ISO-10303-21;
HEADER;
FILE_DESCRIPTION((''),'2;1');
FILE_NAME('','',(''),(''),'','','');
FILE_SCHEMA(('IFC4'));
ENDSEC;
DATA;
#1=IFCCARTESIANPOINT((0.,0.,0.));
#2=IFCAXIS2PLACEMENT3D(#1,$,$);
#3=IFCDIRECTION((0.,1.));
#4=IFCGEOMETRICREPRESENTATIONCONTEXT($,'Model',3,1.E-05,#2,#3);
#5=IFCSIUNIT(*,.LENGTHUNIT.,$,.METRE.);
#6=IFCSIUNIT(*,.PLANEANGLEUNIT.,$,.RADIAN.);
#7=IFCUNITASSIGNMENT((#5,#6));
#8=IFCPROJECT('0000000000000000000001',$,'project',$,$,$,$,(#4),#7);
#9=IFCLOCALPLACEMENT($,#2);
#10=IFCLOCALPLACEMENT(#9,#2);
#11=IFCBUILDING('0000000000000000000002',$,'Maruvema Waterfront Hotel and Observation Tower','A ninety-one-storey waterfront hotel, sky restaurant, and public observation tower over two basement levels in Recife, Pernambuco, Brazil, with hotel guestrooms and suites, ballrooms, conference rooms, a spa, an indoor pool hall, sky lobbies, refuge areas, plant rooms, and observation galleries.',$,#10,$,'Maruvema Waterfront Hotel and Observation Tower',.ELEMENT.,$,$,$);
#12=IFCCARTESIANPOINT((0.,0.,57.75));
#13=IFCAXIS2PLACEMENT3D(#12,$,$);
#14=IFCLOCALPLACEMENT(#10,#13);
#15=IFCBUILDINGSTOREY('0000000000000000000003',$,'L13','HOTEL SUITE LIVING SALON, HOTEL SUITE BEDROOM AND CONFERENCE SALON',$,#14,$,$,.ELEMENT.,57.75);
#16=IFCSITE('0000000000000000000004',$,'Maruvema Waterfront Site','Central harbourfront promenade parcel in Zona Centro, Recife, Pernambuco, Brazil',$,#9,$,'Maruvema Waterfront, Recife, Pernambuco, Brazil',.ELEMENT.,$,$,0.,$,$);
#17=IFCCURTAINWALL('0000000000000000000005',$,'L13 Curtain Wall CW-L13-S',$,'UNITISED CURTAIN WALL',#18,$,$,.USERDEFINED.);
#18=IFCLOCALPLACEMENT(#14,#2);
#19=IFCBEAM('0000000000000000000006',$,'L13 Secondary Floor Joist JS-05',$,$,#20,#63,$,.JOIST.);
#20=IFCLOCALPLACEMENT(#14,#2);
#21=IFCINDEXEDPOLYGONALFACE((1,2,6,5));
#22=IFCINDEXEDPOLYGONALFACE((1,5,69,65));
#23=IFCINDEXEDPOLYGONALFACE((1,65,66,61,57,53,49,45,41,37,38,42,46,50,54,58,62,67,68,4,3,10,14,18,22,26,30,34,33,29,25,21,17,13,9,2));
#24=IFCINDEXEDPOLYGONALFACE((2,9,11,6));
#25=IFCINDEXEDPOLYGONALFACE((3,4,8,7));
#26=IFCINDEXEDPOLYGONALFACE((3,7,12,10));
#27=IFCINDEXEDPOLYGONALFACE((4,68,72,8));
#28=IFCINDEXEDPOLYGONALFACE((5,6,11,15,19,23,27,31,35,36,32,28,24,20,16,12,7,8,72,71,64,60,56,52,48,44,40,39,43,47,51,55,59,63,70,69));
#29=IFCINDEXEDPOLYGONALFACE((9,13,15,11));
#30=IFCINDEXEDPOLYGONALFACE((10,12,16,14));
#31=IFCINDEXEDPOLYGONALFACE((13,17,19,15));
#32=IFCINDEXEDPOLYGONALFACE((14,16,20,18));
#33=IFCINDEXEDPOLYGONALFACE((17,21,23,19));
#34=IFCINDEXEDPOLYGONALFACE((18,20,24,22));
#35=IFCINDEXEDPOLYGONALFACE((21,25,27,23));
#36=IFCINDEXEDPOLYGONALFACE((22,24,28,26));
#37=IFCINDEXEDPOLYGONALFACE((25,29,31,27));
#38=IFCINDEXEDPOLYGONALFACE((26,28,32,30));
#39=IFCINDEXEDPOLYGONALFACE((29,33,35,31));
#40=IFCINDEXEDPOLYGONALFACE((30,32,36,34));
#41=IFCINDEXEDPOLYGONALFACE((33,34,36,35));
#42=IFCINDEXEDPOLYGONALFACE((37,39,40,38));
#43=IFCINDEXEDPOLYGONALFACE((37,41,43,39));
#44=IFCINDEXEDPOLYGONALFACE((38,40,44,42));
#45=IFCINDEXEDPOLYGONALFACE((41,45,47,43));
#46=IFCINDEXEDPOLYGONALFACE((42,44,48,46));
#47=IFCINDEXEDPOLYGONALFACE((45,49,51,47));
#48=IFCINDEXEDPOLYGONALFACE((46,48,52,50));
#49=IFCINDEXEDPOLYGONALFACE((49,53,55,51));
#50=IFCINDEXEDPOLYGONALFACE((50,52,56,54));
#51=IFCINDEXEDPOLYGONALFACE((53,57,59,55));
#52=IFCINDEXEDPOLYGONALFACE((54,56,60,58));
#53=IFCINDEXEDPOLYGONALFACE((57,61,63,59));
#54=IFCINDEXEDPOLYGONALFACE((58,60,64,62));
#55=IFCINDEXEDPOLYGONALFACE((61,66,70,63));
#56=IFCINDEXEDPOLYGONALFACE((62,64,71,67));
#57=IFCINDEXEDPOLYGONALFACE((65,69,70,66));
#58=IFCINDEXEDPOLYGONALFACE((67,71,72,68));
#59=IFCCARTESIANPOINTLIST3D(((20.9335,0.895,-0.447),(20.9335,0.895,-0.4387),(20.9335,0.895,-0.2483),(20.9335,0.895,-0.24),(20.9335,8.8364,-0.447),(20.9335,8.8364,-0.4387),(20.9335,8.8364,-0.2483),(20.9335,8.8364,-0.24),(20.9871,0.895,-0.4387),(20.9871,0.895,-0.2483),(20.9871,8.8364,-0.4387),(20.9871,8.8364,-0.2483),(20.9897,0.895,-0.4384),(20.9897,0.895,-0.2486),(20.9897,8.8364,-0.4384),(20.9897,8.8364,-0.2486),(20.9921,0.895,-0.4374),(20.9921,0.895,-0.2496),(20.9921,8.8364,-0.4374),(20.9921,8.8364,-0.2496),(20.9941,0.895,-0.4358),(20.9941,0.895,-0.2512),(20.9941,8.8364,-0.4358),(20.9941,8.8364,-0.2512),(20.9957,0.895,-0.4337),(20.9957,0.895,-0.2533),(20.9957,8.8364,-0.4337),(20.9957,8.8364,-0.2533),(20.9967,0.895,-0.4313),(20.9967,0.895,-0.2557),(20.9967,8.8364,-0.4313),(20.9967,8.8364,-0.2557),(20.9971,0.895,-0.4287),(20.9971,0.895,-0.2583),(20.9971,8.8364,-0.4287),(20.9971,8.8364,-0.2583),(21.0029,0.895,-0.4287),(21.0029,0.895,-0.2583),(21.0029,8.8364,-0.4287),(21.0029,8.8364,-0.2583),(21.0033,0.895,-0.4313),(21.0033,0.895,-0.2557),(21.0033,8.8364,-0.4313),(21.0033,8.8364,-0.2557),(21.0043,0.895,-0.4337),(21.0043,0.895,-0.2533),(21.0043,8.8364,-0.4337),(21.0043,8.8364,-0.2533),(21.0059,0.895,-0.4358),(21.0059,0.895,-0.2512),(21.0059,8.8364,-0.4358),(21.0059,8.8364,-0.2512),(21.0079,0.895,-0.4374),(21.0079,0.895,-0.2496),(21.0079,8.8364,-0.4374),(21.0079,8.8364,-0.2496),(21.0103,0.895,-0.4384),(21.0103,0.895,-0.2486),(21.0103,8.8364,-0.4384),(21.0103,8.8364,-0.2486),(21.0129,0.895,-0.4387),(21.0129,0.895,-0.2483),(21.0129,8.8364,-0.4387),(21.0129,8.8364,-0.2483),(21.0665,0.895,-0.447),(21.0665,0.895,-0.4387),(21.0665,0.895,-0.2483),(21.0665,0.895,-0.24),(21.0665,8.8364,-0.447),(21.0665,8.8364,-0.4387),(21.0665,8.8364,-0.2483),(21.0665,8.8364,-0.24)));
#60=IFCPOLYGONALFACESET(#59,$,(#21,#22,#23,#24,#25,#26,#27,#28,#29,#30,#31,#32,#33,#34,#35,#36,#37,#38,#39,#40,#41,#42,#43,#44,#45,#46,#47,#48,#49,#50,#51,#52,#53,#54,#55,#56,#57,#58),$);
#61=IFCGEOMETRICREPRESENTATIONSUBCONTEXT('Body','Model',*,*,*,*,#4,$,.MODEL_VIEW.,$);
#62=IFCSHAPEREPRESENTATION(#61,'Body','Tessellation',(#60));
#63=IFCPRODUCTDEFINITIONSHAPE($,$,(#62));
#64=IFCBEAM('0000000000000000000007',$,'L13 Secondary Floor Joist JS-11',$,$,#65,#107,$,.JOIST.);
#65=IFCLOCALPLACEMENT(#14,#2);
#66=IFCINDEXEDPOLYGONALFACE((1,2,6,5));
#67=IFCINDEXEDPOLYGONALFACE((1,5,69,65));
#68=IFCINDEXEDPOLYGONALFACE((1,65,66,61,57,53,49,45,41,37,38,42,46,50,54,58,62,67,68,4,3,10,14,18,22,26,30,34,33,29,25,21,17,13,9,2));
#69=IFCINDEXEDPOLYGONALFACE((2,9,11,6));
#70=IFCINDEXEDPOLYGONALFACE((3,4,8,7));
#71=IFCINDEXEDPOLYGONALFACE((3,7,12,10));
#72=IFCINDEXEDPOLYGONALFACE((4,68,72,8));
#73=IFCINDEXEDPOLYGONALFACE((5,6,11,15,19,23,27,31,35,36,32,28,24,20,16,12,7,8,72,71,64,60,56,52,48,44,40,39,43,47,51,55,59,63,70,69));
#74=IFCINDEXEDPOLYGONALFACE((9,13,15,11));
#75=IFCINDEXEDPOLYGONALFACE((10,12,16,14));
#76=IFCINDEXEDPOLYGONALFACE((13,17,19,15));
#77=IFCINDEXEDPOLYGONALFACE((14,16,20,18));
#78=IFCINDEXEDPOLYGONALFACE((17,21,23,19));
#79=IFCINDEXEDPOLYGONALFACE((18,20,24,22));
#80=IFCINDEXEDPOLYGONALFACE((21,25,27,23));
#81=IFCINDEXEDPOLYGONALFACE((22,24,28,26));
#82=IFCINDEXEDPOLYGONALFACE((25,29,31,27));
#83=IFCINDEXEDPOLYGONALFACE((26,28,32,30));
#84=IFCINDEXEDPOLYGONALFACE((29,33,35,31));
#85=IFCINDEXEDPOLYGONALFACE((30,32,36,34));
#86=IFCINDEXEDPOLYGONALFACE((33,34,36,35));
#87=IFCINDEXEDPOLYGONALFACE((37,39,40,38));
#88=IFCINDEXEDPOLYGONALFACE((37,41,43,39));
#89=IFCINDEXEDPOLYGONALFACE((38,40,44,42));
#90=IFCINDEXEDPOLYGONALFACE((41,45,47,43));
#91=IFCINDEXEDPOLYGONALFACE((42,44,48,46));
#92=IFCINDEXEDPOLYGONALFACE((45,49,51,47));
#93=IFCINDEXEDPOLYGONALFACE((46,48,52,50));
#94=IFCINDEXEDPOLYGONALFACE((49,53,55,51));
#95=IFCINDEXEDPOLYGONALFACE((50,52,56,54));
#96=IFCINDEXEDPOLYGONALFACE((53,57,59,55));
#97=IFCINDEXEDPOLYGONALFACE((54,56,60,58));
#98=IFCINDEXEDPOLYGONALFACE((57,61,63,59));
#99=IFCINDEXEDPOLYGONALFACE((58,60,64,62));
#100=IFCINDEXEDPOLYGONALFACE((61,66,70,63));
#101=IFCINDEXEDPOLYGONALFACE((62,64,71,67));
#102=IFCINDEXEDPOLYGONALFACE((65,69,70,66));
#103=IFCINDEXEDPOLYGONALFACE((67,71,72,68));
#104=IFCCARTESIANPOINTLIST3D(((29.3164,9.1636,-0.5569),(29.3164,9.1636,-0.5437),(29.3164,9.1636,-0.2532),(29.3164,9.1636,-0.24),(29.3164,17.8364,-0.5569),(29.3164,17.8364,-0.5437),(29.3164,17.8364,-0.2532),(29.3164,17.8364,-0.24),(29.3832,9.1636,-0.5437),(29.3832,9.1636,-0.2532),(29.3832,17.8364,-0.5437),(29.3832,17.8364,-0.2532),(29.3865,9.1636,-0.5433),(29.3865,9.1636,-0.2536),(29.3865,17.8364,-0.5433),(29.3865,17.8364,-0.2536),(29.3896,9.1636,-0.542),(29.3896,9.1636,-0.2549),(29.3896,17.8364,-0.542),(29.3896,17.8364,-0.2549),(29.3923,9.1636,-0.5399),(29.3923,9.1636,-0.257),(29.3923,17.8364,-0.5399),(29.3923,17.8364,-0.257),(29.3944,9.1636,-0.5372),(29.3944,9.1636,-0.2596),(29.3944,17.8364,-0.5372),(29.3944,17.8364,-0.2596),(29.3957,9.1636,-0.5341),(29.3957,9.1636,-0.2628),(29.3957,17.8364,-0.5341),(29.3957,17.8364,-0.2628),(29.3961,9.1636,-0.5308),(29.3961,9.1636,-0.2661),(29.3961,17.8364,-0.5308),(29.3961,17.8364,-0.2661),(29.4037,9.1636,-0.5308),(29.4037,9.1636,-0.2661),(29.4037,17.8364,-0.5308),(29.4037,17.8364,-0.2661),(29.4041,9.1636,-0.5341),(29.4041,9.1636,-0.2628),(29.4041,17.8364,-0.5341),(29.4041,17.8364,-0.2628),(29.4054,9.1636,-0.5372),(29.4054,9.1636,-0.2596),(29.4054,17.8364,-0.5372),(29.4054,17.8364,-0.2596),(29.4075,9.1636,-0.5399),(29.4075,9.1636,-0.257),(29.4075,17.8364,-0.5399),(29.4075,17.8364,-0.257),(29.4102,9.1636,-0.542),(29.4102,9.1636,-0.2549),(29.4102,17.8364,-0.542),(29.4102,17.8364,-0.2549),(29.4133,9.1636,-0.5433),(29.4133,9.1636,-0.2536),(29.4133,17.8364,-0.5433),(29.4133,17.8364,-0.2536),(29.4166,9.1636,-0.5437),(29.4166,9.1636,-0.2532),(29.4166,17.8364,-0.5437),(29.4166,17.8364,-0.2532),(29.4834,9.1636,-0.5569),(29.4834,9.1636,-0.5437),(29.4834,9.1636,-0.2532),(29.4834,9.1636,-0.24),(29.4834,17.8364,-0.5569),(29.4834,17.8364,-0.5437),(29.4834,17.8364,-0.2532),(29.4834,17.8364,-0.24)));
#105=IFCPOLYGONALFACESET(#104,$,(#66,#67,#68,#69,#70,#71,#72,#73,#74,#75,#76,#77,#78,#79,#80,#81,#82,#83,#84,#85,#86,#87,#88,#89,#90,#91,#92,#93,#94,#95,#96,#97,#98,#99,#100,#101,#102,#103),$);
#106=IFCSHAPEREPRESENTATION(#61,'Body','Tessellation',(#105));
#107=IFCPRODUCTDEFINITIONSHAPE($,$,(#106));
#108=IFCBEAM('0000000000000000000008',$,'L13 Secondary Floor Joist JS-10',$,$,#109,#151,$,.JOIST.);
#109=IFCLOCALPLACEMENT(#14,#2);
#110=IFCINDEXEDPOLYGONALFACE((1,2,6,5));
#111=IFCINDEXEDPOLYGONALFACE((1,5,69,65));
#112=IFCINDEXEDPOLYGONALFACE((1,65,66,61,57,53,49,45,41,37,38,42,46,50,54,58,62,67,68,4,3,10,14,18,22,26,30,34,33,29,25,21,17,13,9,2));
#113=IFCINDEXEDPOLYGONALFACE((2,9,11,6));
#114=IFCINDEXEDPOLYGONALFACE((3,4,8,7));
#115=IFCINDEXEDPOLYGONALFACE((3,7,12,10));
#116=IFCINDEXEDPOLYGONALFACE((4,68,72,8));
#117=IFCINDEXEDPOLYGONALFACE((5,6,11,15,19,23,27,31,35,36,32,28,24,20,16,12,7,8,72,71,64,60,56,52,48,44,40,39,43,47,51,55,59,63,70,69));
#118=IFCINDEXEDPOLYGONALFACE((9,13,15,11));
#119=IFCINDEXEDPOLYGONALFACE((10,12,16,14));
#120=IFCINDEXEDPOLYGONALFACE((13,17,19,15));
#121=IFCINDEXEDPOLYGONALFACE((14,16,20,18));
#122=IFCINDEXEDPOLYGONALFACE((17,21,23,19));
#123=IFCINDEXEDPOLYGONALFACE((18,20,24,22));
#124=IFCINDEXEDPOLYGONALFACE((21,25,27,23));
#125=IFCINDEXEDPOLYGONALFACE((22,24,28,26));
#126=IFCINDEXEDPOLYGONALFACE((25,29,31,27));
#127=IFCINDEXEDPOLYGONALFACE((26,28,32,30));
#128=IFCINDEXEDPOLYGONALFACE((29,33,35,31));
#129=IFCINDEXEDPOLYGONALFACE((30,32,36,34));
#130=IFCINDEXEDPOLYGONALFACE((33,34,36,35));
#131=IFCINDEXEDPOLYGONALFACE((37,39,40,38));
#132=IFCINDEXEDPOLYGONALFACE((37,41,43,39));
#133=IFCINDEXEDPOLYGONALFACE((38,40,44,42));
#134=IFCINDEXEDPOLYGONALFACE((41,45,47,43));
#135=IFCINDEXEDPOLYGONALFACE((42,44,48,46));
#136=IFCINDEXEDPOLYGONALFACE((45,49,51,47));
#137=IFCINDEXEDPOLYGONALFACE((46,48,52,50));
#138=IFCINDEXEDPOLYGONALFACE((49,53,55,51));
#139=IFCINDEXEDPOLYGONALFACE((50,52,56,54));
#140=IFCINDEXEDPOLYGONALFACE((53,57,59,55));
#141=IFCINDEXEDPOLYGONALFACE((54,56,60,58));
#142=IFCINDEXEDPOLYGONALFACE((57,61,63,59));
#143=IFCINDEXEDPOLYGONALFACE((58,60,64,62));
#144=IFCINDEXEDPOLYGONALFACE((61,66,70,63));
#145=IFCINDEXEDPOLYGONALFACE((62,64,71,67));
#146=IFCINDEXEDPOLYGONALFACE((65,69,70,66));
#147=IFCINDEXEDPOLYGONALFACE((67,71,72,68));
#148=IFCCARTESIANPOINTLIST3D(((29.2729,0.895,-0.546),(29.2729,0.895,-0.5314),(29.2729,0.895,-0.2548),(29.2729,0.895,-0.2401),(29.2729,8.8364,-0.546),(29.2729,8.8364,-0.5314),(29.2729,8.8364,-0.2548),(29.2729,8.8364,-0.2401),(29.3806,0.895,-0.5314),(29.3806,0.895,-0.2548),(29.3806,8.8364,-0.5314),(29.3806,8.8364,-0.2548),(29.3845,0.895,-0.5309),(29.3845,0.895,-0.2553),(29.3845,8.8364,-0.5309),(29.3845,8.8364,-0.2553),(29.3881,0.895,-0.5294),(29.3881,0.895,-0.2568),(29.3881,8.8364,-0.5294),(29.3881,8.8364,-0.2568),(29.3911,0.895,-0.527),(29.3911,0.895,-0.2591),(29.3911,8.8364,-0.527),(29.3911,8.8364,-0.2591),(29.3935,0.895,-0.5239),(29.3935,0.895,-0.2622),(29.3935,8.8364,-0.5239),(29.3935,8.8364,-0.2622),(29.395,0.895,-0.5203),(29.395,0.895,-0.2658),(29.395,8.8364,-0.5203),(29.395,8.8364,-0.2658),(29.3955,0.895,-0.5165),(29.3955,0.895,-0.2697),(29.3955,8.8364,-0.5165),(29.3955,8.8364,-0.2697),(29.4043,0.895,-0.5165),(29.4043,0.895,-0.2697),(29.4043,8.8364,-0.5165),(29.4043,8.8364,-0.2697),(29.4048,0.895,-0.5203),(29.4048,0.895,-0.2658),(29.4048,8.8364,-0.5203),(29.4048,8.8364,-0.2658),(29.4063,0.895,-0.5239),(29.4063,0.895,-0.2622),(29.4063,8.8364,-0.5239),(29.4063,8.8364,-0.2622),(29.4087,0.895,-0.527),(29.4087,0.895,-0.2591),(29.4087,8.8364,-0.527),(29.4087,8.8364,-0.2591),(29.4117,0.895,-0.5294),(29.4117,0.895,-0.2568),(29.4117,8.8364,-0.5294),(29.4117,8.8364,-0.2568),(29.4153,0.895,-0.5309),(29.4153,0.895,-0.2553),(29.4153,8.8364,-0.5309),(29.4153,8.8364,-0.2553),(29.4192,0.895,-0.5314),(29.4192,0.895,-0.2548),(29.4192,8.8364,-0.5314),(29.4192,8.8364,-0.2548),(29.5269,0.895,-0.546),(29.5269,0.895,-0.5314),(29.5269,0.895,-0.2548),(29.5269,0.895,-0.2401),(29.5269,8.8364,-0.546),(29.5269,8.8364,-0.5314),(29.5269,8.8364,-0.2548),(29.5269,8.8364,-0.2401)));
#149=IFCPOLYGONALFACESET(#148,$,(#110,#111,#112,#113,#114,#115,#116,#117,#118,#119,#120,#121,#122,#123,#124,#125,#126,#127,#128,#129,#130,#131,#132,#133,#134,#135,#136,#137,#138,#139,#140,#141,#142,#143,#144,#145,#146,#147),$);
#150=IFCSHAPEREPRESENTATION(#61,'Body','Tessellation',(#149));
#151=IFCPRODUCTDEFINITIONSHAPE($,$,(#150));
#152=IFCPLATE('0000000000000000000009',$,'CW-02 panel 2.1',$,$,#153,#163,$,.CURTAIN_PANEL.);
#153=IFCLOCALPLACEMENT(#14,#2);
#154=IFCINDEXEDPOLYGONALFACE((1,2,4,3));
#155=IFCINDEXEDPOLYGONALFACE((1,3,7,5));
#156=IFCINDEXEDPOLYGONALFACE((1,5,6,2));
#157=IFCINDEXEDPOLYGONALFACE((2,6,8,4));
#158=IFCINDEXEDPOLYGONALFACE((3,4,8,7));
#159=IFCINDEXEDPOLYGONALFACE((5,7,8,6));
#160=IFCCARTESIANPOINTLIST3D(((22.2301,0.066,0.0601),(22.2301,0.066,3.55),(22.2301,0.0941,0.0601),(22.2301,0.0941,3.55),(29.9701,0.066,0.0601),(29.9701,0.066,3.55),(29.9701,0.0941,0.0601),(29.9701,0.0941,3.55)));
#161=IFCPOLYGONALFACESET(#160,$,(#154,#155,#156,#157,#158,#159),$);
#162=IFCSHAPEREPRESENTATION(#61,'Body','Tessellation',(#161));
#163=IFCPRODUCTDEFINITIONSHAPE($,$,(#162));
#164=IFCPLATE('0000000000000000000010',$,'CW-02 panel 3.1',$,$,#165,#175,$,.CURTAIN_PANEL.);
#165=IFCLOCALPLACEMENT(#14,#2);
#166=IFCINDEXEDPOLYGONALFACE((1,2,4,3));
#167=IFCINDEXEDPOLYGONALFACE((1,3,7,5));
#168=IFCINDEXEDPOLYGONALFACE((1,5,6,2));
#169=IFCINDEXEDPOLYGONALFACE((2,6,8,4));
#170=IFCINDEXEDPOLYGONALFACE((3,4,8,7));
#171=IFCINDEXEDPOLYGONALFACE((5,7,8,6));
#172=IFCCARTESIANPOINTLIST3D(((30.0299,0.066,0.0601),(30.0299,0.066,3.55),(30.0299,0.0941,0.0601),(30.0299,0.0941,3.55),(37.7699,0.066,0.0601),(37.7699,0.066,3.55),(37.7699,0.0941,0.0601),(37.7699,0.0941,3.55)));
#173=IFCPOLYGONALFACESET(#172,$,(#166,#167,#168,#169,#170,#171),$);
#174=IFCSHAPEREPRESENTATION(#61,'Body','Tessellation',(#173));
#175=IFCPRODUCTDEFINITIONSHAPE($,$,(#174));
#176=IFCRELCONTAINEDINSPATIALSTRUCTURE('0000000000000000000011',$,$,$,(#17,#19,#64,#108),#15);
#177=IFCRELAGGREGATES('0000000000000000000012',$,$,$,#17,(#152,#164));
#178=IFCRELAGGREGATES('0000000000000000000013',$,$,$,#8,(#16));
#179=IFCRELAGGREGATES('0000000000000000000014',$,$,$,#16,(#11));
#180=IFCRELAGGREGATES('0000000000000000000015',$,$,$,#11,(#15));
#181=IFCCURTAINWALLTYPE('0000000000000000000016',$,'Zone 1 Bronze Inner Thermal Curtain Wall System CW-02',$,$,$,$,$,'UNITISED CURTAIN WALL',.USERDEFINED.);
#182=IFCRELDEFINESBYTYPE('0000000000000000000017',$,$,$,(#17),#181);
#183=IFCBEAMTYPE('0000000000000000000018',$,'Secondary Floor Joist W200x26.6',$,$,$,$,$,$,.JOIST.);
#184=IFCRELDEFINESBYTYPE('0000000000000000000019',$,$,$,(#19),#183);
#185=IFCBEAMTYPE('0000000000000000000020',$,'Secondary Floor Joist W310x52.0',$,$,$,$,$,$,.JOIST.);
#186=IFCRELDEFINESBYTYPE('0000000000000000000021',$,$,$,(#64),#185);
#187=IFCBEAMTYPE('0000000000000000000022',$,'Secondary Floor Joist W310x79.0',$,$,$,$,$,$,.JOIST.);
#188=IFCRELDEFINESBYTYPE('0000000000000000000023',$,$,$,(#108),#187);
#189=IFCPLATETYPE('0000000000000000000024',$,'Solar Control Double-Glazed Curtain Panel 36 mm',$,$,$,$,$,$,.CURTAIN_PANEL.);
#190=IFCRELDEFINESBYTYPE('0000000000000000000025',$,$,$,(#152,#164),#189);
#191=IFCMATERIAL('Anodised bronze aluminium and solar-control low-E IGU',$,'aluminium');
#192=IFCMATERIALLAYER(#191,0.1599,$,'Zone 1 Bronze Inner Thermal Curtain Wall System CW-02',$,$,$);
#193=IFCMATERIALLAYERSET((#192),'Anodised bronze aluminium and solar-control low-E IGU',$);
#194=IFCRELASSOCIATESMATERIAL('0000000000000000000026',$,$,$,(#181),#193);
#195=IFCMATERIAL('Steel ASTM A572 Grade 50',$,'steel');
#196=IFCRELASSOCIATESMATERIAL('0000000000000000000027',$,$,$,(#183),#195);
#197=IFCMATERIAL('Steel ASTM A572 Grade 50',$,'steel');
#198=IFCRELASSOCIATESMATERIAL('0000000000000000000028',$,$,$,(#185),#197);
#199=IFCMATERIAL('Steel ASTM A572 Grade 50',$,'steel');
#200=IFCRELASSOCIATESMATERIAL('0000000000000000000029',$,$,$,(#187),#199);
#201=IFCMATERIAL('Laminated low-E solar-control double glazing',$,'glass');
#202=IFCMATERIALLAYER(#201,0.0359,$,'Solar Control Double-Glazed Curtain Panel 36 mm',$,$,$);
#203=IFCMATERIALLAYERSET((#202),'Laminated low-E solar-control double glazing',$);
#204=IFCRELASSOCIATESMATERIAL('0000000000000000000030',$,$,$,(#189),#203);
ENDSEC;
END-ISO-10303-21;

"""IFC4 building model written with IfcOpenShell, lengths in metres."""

from ifc_helpers import new_model, si_unit, direction, frame, origin, origin_2d, place, context, subcontext, project, spatial, rectangle, i_section, extrude, material, layer, layer_set, material_profile, profile_set, type_object, element, aggregate, save


model = new_model("IFC4")

# Units and contexts
model_context = context("Model", 3, precision=1e-05, world=origin(), true_north=direction((0.0, 1.0)))
body_context = subcontext(model_context, "Body", "Model", "MODEL_VIEW")
ifc_project = project(units=[si_unit("LENGTHUNIT", "METRE"), si_unit("PLANEANGLEUNIT", "RADIAN")], contexts=[model_context])

# Site, building, storey
site_placement = place(None, origin())
site = spatial("IfcSite", under=ifc_project, at=site_placement, Name="Maruvema Waterfront Site", Description="Central harbourfront promenade parcel in Zona Centro, Recife, Pernambuco, Brazil", LongName="Maruvema Waterfront, Recife, Pernambuco, Brazil", CompositionType="ELEMENT", RefElevation=0.0)
building_placement = place(site_placement, origin())
building = spatial("IfcBuilding", under=site, at=building_placement, Name="Maruvema Waterfront Hotel and Observation Tower", Description="A ninety-one-storey waterfront hotel, sky restaurant, and public observation tower over two basement levels in Recife, Pernambuco, Brazil, with hotel guestrooms and suites, ballrooms, conference rooms, a spa, an indoor pool hall, sky lobbies, refuge areas, plant rooms, and observation galleries.", LongName="Maruvema Waterfront Hotel and Observation Tower", CompositionType="ELEMENT")
storey_placement = place(building_placement, frame((0.0, 0.0, 57.75)))
storey = spatial("IfcBuildingStorey", under=building, at=storey_placement, Name="L13", Description="HOTEL SUITE LIVING SALON, HOTEL SUITE BEDROOM AND CONFERENCE SALON", CompositionType="ELEMENT", Elevation=57.75)

# Curtain wall
ifc_material_1 = material(Name="Anodised bronze aluminium and solar-control low-E IGU", Category="aluminium")
ifc_layer_1 = layer(ifc_material_1, 0.1599, Name="Zone 1 Bronze Inner Thermal Curtain Wall System CW-02")
ifc_layer_set_1 = layer_set([ifc_layer_1], Name="Anodised bronze aluminium and solar-control low-E IGU")
curtain_wall_type = type_object("IfcCurtainWallType", Name="Zone 1 Bronze Inner Thermal Curtain Wall System CW-02", ElementType="UNITISED CURTAIN WALL", PredefinedType="USERDEFINED", material=ifc_layer_set_1)
curtain_wall_placement = place(storey_placement, origin())
curtain_wall = element("IfcCurtainWall", 1, at=curtain_wall_placement, inside=storey, type_object=curtain_wall_type, Name="L13 Curtain Wall CW-L13-S", ObjectType="UNITISED CURTAIN WALL", PredefinedType="USERDEFINED")

# Beams
ifc_material_2 = material(Name="Steel ASTM A572 Grade 50", Category="steel")
ifc_material_profile_1 = material_profile(ifc_material_2, i_section(OverallWidth=0.1331, OverallDepth=0.207, WebThickness=0.0059, FlangeThickness=0.0083, FilletRadius=0.01, at=origin_2d()), Name="W200x26.6")
ifc_profile_set_1 = profile_set([ifc_material_profile_1], Name="Steel ASTM A572 Grade 50")
beam_type_1 = type_object("IfcBeamType", Name="Secondary Floor Joist W200x26.6", PredefinedType="JOIST", material=ifc_profile_set_1)
beam_1_placement = place(storey_placement, frame((21.0, 0.895, -0.3435), z_axis=(0.0, 1.0, 0.0), x_axis=(-1.0, 0.0, 0.0)))
element("IfcBeam", 2, at=beam_1_placement, inside=storey, type_object=beam_type_1, Name="L13 Secondary Floor Joist JS-05", PredefinedType="JOIST", context=body_context, shape_type="SweptSolid", body=[
    extrude(i_section(OverallWidth=0.1331, OverallDepth=0.207, WebThickness=0.0059, FlangeThickness=0.0083, FilletRadius=0.01, at=origin_2d()), origin(), (0.0, 0.0, 1.0), 7.9414),
])
ifc_material_3 = material(Name="Steel ASTM A572 Grade 50", Category="steel")
ifc_material_profile_2 = material_profile(ifc_material_3, i_section(OverallWidth=0.167, OverallDepth=0.3169, WebThickness=0.0076, FlangeThickness=0.0132, FilletRadius=0.0129, at=origin_2d()), Name="W310x52.0")
ifc_profile_set_2 = profile_set([ifc_material_profile_2], Name="Steel ASTM A572 Grade 50")
beam_type_2 = type_object("IfcBeamType", Name="Secondary Floor Joist W310x52.0", PredefinedType="JOIST", material=ifc_profile_set_2)
beam_2_placement = place(storey_placement, frame((29.3999, 9.1636, -0.3984), z_axis=(0.0, 1.0, 0.0), x_axis=(-1.0, 0.0, 0.0)))
element("IfcBeam", 3, at=beam_2_placement, inside=storey, type_object=beam_type_2, Name="L13 Secondary Floor Joist JS-11", PredefinedType="JOIST", context=body_context, shape_type="SweptSolid", body=[
    extrude(i_section(OverallWidth=0.167, OverallDepth=0.3169, WebThickness=0.0076, FlangeThickness=0.0132, FilletRadius=0.0129, at=origin_2d()), origin(), (0.0, 0.0, 1.0), 8.6729),
])
ifc_material_4 = material(Name="Steel ASTM A572 Grade 50", Category="steel")
ifc_material_profile_3 = material_profile(ifc_material_4, i_section(OverallWidth=0.2539, OverallDepth=0.3059, WebThickness=0.0088, FlangeThickness=0.0146, FilletRadius=0.0149, at=origin_2d()), Name="W310x79.0")
ifc_profile_set_3 = profile_set([ifc_material_profile_3], Name="Steel ASTM A572 Grade 50")
beam_type_3 = type_object("IfcBeamType", Name="Secondary Floor Joist W310x79.0", PredefinedType="JOIST", material=ifc_profile_set_3)
beam_3_placement = place(storey_placement, frame((29.3999, 0.895, -0.3931), z_axis=(0.0, 1.0, 0.0), x_axis=(-1.0, 0.0, 0.0)))
element("IfcBeam", 4, at=beam_3_placement, inside=storey, type_object=beam_type_3, Name="L13 Secondary Floor Joist JS-10", PredefinedType="JOIST", context=body_context, shape_type="SweptSolid", body=[
    extrude(i_section(OverallWidth=0.2539, OverallDepth=0.3059, WebThickness=0.0088, FlangeThickness=0.0146, FilletRadius=0.0149, at=origin_2d()), origin(), (0.0, 0.0, 1.0), 7.9414),
])

# Plates
ifc_material_5 = material(Name="Laminated low-E solar-control double glazing", Category="glass")
ifc_layer_2 = layer(ifc_material_5, 0.0359, Name="Solar Control Double-Glazed Curtain Panel 36 mm")
ifc_layer_set_2 = layer_set([ifc_layer_2], Name="Laminated low-E solar-control double glazing")
plate_type = type_object("IfcPlateType", Name="Solar Control Double-Glazed Curtain Panel 36 mm", PredefinedType="CURTAIN_PANEL", material=ifc_layer_set_2)
plate_1_placement = place(storey_placement, frame((26.1001, 0.0801, 0.0601), z_axis=(0.0, 0.0, 1.0), x_axis=(1.0, 0.0, 0.0)))
plate_1 = element("IfcPlate", 5, at=plate_1_placement, type_object=plate_type, Name="CW-02 panel 2.1", PredefinedType="CURTAIN_PANEL", context=body_context, shape_type="SweptSolid", body=[
    extrude(rectangle(XDim=7.74, YDim=0.0281, at=origin_2d()), origin(), (0.0, 0.0, 1.0), 3.49),
])
plate_2_placement = place(storey_placement, frame((33.8999, 0.0801, 0.0601), z_axis=(0.0, 0.0, 1.0), x_axis=(1.0, 0.0, 0.0)))
plate_2 = element("IfcPlate", 6, at=plate_2_placement, type_object=plate_type, Name="CW-02 panel 3.1", PredefinedType="CURTAIN_PANEL", context=body_context, shape_type="SweptSolid", body=[
    extrude(rectangle(XDim=7.74, YDim=0.0281, at=origin_2d()), origin(), (0.0, 0.0, 1.0), 3.49),
])
aggregate(curtain_wall, [plate_1, plate_2])

save(model, "model.ifc")
